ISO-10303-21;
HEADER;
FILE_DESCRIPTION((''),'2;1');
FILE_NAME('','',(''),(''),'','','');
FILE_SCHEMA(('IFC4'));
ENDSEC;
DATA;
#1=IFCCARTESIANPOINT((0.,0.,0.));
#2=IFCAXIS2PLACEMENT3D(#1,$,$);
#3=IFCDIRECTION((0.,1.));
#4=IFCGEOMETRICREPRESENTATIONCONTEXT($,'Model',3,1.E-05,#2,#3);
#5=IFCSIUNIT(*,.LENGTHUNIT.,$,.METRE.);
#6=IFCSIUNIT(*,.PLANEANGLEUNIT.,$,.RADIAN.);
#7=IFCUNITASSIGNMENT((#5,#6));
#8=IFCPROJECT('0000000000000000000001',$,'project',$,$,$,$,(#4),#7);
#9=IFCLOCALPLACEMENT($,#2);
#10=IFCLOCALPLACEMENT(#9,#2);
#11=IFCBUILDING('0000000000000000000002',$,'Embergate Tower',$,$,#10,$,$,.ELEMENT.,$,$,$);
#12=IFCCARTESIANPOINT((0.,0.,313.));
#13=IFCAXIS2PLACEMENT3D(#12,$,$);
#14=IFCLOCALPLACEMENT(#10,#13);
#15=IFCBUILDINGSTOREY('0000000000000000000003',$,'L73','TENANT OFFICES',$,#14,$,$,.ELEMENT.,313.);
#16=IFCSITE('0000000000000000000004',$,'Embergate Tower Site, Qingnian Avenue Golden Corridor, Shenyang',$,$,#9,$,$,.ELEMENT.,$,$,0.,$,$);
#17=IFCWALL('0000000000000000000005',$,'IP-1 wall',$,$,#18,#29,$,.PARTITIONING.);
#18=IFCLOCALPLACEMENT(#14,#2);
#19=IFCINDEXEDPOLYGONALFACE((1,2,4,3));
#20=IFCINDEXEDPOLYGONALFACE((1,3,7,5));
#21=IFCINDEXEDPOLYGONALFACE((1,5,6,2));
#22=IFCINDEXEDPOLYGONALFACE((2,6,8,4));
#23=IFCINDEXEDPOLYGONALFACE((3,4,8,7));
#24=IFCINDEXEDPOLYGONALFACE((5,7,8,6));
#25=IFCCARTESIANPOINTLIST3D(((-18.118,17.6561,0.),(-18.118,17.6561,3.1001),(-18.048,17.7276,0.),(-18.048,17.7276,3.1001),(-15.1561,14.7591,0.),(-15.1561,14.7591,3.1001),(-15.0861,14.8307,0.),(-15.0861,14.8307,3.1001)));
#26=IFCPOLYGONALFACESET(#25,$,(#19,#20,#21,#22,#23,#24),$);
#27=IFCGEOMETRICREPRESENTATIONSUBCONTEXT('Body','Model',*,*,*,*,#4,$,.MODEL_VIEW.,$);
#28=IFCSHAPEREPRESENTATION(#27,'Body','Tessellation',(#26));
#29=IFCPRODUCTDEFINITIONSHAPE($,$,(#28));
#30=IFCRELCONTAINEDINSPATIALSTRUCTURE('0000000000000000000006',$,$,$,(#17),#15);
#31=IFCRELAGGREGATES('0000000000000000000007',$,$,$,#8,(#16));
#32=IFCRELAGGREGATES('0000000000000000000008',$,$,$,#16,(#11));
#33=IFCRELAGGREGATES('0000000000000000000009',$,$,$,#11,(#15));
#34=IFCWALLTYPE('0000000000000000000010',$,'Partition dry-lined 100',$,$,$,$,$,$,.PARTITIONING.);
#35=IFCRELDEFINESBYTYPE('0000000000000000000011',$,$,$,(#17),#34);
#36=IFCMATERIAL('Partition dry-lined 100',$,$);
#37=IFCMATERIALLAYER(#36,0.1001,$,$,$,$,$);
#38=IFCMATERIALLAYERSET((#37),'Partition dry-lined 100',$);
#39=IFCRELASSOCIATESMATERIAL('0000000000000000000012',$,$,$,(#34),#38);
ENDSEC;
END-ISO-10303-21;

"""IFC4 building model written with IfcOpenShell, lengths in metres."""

from ifc_helpers import new_model, si_unit, direction, frame, frame_2d, origin, place, context, subcontext, project, spatial, rectangle, extrude, source, transform, mapped, material, layer, layer_set, type_object, element, save


model = new_model("IFC4")

# Units and contexts
model_context = context("Model", 3, precision=1e-05, world=origin(), true_north=direction((0.0, 1.0)))
body_context = subcontext(model_context, "Body", "Model", "MODEL_VIEW")
ifc_project = project(units=[si_unit("LENGTHUNIT", "METRE"), si_unit("PLANEANGLEUNIT", "RADIAN")], contexts=[model_context])

# Site, building, storey
site_placement = place(None, origin())
site = spatial("IfcSite", under=ifc_project, at=site_placement, Name="Embergate Tower Site, Qingnian Avenue Golden Corridor, Shenyang", CompositionType="ELEMENT", RefElevation=0.0)
building_placement = place(site_placement, origin())
building = spatial("IfcBuilding", under=site, at=building_placement, Name="Embergate Tower", CompositionType="ELEMENT")
storey_placement = place(building_placement, frame((0.0, 0.0, 313.0)))
storey = spatial("IfcBuildingStorey", under=building, at=storey_placement, Name="L73", Description="TENANT OFFICES", CompositionType="ELEMENT", Elevation=313.0)

# Wall
ifc_material_1 = material(Name="Partition dry-lined 100")
ifc_layer_1 = layer(ifc_material_1, 0.1001)
ifc_layer_set_1 = layer_set([ifc_layer_1], Name="Partition dry-lined 100")
wall_type = type_object("IfcWallType", Name="Partition dry-lined 100", PredefinedType="PARTITIONING", material=ifc_layer_set_1)
shared_shape_1 = source(origin(), body_context, "Body", "SweptSolid", [
    extrude(rectangle(XDim=4.1431, YDim=0.1001, at=frame_2d((2.0715, 0.0))), origin(), (0.0, 0.0, 1.0), 3.1001),
])
wall_1_placement = place(storey_placement, frame((-15.1211, 14.7949, 0.0), z_axis=(0.0, 0.0, 1.0), x_axis=(-0.714901, 0.699226, 0.0)))
element("IfcWall", 1, at=wall_1_placement, inside=storey, type_object=wall_type, Name="IP-1 wall", PredefinedType="PARTITIONING", context=body_context, shape_type="MappedRepresentation", body=[
    mapped(shared_shape_1, transform((0.0, 0.0, 0.0))),
])

save(model, "model.ifc")
